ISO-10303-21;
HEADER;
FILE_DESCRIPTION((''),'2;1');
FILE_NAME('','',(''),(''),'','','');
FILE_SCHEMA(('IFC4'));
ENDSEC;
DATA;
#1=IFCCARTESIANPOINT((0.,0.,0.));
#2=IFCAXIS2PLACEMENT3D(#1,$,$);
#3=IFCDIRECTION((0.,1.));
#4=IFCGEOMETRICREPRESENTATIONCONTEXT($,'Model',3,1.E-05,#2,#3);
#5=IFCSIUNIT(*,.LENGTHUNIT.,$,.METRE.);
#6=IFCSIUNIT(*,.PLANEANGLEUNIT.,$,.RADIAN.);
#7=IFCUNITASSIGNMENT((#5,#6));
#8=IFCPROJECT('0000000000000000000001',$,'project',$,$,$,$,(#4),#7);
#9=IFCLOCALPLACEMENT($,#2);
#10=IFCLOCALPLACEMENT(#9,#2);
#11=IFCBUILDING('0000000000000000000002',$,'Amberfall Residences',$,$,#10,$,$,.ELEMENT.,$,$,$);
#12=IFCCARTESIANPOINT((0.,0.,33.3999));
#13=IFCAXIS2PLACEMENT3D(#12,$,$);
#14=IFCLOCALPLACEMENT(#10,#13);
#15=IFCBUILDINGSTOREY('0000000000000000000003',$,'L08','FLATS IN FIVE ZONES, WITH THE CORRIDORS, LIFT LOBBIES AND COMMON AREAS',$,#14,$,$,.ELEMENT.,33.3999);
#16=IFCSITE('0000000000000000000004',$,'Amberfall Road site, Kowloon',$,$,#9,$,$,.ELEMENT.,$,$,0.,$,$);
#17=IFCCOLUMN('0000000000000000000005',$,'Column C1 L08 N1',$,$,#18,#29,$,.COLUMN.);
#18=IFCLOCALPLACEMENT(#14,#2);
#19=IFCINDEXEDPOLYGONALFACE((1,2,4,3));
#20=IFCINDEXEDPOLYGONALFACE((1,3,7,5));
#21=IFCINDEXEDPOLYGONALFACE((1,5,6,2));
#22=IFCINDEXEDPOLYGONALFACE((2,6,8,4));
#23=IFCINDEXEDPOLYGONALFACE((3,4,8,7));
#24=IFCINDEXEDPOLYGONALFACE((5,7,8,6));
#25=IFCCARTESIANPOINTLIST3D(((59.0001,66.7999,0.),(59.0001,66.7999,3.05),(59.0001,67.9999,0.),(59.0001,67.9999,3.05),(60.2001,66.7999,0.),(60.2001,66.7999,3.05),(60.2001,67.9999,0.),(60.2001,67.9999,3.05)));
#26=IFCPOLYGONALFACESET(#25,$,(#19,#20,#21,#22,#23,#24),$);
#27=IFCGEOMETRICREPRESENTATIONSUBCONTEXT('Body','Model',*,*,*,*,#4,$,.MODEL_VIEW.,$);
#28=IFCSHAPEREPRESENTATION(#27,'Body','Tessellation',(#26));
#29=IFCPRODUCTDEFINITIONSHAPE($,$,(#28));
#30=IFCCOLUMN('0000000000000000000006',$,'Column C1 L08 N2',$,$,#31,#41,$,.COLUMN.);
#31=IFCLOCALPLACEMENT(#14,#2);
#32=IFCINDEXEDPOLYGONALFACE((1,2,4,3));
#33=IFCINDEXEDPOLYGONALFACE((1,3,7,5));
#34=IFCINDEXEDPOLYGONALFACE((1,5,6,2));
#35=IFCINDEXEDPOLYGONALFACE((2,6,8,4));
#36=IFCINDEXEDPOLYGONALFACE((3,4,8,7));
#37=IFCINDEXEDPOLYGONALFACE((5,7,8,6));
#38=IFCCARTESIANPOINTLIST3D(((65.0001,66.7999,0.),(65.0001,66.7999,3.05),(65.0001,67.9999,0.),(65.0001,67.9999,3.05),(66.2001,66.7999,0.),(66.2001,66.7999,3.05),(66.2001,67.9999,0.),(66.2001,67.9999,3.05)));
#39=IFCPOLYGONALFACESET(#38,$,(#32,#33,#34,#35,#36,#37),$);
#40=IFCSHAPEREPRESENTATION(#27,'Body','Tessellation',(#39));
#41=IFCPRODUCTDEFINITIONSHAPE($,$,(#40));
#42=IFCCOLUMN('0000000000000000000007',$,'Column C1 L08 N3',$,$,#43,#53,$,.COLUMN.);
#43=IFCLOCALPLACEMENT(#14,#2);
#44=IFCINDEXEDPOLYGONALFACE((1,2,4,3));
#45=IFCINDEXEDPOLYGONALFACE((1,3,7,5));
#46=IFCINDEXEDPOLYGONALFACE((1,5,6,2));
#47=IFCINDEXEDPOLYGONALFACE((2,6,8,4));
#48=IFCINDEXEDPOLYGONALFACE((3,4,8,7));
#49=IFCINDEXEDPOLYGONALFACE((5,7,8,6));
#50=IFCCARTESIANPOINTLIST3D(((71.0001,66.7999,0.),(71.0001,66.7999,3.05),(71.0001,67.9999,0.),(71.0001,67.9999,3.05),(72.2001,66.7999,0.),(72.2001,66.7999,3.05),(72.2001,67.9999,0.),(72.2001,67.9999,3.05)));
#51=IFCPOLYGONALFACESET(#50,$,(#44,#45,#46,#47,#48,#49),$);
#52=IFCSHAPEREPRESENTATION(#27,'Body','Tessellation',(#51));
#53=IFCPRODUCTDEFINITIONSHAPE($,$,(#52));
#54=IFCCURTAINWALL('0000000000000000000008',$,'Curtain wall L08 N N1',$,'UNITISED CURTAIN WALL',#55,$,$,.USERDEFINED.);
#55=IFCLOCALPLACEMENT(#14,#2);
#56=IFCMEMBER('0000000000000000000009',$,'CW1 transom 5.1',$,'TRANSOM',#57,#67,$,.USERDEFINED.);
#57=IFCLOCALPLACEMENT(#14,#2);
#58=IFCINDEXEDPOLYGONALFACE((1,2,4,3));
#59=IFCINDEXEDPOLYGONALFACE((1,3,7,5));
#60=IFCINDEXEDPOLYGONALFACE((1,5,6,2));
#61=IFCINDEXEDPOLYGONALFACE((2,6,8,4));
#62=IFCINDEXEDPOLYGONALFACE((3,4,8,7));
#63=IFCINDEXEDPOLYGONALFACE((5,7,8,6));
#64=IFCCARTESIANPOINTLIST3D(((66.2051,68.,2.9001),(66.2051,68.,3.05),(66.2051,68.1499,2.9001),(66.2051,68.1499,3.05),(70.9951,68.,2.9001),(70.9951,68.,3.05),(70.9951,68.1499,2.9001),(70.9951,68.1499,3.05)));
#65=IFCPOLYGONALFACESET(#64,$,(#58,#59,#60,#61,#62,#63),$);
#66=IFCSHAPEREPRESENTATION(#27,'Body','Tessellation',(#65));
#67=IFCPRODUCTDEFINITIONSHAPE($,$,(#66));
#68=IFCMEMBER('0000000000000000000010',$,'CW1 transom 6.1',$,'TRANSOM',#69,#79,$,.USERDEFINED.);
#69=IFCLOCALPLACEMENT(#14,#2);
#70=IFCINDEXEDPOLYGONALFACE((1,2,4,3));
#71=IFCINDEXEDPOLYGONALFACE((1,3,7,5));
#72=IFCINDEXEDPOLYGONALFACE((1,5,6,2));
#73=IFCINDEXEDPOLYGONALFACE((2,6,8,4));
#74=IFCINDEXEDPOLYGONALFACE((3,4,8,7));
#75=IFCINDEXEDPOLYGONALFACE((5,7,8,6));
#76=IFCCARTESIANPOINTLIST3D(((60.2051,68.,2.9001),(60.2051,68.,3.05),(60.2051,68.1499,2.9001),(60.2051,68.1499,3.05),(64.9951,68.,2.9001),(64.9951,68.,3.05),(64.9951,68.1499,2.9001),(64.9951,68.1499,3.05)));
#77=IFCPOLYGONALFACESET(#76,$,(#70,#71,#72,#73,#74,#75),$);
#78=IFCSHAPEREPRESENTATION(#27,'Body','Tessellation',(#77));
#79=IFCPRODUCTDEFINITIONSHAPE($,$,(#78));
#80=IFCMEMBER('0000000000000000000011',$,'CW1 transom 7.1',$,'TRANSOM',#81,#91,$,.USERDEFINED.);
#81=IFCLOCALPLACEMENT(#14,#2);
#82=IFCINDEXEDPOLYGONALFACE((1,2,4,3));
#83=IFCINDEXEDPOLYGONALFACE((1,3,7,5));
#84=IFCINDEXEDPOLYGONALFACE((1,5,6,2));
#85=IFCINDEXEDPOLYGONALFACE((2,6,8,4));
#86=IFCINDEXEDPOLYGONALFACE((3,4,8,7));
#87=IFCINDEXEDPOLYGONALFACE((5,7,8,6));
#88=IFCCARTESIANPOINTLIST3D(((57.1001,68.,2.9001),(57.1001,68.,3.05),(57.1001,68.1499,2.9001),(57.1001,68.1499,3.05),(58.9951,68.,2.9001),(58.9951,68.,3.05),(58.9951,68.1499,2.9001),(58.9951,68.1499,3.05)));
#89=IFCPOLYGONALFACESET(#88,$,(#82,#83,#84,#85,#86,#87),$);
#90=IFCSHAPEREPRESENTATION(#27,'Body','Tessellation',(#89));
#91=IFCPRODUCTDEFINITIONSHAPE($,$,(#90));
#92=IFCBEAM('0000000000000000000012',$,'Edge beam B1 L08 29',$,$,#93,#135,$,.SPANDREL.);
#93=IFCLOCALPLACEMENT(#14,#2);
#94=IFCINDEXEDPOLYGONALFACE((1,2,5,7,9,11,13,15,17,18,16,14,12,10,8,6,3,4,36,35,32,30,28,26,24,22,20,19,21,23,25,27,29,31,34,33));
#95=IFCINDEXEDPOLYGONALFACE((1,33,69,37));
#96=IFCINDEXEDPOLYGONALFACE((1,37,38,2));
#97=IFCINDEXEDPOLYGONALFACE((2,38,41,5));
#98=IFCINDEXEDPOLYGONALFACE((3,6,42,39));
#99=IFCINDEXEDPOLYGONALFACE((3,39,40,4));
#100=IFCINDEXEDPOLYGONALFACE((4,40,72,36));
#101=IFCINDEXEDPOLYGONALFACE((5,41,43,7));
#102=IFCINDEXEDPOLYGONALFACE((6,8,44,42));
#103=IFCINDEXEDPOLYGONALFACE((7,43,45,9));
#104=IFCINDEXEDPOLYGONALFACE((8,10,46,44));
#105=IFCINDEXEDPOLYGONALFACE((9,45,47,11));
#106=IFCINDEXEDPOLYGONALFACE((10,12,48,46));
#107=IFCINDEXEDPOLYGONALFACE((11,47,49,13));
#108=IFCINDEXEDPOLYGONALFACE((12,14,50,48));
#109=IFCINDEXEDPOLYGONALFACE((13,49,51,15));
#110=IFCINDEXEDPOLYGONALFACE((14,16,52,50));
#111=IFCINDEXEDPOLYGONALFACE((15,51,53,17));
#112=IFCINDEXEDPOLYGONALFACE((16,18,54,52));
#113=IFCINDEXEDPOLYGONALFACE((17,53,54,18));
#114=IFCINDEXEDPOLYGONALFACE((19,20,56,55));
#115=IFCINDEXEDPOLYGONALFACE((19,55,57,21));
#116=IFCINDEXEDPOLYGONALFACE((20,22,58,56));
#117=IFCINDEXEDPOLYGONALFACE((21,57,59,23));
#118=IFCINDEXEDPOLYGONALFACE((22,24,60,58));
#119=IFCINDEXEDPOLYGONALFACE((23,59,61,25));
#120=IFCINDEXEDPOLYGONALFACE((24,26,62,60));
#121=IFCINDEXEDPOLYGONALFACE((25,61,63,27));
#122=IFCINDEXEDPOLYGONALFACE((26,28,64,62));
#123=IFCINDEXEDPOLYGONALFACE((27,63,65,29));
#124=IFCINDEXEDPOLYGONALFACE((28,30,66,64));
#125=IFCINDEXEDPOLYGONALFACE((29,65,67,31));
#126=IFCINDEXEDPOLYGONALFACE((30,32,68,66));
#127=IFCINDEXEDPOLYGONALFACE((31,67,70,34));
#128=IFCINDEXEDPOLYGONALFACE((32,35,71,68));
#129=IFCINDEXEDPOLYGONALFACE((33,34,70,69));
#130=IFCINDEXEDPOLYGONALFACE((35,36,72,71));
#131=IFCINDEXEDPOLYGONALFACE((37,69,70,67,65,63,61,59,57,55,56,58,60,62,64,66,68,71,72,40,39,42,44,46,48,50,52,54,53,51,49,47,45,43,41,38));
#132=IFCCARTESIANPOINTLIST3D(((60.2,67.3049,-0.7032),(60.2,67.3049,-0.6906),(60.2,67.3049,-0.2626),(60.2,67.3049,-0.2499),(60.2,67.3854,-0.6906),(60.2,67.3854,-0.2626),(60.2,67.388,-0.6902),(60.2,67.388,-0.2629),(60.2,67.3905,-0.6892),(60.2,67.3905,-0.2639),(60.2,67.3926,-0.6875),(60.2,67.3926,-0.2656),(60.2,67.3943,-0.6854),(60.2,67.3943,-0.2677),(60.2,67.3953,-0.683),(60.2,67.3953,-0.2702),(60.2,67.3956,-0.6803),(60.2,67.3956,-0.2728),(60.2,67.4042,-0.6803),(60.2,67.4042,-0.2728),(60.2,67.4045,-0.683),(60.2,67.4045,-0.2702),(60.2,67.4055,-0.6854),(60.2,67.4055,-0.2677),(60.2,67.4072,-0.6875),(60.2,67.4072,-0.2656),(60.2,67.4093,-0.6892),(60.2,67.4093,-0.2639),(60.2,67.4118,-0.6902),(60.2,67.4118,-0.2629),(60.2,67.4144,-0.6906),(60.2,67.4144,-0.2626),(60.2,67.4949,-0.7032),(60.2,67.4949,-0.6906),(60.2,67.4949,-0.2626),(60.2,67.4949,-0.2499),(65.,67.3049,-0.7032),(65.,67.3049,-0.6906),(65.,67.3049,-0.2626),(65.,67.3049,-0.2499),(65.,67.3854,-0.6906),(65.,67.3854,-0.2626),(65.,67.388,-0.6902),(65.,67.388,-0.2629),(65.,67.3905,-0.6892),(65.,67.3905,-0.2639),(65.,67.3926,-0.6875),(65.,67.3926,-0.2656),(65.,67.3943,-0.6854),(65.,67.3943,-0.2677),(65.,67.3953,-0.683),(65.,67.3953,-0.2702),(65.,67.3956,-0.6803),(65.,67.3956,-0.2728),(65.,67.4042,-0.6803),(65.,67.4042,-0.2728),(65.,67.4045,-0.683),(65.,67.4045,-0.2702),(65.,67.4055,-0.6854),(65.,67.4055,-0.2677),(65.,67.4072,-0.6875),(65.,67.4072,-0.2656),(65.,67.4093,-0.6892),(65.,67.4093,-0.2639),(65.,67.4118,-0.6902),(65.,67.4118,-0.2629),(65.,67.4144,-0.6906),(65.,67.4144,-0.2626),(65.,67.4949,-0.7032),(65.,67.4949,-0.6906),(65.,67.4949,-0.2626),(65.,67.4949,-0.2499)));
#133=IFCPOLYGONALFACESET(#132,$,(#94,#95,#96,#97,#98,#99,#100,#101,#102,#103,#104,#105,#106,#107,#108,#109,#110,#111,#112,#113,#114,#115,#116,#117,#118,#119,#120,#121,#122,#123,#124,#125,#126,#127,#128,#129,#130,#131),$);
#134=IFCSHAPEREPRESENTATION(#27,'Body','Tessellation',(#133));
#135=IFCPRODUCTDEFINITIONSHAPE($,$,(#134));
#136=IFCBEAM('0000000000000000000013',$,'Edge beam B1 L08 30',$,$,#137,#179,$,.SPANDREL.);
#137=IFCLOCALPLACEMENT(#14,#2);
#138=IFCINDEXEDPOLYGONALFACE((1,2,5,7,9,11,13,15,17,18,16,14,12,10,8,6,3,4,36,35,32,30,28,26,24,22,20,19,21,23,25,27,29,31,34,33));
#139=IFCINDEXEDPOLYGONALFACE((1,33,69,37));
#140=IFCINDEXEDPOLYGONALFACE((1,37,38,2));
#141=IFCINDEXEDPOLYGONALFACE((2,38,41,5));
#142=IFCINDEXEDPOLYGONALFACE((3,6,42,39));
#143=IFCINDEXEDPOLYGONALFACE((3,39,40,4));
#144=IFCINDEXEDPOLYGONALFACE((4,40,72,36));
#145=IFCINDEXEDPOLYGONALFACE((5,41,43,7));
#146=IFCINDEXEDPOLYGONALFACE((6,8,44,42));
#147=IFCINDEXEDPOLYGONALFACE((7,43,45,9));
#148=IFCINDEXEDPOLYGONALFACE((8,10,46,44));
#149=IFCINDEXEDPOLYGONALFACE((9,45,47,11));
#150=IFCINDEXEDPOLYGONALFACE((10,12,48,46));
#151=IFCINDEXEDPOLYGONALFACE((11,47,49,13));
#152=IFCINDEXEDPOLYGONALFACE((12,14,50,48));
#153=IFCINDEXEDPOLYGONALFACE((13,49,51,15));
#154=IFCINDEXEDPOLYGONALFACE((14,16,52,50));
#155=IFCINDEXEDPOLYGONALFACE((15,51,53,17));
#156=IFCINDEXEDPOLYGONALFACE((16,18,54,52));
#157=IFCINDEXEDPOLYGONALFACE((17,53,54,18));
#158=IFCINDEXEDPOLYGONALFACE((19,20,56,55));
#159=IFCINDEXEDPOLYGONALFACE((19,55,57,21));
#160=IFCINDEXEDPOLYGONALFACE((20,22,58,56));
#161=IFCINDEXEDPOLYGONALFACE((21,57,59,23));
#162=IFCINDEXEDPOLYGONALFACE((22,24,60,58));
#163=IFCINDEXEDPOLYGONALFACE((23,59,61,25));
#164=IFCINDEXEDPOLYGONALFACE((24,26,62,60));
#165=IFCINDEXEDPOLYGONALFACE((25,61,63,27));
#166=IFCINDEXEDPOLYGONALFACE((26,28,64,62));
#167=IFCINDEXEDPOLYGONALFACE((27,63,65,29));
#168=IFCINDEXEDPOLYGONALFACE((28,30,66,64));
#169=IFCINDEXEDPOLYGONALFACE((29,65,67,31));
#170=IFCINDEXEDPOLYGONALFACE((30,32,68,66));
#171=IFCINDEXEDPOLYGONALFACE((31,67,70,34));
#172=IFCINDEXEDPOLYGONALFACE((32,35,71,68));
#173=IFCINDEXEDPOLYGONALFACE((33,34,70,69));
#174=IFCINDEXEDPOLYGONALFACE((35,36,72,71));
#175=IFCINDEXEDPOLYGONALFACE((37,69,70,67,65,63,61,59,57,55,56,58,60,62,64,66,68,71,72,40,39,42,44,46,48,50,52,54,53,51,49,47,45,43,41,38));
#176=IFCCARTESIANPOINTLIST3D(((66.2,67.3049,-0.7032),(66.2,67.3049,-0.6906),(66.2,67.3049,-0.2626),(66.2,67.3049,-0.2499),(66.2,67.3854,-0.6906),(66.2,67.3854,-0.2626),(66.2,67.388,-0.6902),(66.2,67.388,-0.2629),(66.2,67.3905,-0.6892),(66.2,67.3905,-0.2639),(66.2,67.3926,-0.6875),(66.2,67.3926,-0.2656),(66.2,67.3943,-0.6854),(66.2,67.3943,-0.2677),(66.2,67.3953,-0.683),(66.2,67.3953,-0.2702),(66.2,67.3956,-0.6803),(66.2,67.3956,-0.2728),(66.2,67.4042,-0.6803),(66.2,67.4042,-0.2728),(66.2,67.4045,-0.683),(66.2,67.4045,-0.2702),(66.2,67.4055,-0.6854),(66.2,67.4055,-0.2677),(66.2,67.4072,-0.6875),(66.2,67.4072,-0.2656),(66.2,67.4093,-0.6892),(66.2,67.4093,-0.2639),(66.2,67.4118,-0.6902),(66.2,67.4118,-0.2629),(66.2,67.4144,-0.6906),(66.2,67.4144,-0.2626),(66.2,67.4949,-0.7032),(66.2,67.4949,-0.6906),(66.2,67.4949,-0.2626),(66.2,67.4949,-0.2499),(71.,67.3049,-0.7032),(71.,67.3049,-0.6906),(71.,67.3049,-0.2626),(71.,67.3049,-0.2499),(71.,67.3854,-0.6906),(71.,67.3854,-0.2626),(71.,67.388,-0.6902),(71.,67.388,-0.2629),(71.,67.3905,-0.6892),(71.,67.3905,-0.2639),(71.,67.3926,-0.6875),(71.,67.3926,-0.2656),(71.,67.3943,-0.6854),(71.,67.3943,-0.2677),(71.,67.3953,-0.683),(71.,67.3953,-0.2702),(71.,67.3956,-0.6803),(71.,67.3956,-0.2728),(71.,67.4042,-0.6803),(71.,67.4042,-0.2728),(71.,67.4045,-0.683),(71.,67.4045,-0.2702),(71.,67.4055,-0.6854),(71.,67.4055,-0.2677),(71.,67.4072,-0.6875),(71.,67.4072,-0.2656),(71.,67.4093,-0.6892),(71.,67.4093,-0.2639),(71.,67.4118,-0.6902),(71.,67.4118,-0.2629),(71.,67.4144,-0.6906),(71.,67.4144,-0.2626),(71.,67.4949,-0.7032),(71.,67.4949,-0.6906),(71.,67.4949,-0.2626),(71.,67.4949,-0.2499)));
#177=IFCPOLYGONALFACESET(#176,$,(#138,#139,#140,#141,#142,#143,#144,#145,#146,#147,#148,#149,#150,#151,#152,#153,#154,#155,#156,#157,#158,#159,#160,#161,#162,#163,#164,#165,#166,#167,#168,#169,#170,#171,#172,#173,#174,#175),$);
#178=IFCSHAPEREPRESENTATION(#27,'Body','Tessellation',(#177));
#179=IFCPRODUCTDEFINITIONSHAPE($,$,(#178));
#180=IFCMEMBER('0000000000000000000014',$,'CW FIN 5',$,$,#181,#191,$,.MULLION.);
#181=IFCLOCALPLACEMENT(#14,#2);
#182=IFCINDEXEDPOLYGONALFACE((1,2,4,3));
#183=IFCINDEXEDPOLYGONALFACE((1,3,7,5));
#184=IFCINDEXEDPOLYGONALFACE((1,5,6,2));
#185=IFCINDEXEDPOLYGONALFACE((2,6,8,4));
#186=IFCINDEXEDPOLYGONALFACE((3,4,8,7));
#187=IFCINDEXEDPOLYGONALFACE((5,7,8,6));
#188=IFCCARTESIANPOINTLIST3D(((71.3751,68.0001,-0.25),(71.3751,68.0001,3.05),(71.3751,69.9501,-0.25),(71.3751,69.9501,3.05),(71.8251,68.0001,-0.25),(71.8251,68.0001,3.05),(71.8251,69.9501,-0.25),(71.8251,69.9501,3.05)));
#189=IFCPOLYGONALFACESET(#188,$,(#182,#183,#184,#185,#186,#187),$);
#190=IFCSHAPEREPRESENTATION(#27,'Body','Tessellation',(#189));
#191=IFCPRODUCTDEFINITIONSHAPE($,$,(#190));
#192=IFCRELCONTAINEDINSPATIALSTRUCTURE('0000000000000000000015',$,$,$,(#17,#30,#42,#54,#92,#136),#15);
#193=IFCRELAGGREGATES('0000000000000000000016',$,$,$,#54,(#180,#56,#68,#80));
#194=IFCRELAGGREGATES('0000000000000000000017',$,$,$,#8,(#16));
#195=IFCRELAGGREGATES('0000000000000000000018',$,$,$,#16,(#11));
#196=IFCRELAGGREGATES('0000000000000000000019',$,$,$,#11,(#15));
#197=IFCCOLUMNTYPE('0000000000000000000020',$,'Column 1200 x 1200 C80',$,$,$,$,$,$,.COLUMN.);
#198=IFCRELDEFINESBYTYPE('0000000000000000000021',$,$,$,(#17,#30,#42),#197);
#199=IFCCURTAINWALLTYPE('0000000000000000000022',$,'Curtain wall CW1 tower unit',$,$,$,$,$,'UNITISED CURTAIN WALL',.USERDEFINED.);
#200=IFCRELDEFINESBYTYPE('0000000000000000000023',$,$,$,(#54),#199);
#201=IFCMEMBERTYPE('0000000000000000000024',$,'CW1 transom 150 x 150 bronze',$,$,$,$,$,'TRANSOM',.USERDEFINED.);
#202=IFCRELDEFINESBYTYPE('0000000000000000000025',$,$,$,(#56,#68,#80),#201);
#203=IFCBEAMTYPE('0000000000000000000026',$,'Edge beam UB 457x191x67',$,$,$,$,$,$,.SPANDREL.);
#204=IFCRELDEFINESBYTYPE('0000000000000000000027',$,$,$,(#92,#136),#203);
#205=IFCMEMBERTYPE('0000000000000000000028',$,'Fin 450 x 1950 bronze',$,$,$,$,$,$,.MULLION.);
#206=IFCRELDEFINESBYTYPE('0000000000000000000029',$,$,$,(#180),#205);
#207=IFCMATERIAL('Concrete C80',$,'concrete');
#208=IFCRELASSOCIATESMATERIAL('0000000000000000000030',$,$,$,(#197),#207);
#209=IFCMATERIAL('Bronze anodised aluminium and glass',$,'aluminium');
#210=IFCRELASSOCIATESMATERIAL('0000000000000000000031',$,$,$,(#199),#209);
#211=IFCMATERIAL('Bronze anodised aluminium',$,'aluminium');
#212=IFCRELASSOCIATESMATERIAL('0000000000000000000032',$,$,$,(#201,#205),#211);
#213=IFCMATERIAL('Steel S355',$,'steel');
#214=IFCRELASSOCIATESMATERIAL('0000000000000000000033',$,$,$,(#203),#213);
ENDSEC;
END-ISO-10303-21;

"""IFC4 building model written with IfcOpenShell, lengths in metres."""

from ifc_helpers import new_model, si_unit, direction, frame, origin, origin_2d, place, context, subcontext, project, spatial, rectangle, i_section, extrude, material, material_profile, profile_set, type_object, element, aggregate, save


model = new_model("IFC4")

# Units and contexts
model_context = context("Model", 3, precision=1e-05, world=origin(), true_north=direction((0.0, 1.0)))
body_context = subcontext(model_context, "Body", "Model", "MODEL_VIEW")
ifc_project = project(units=[si_unit("LENGTHUNIT", "METRE"), si_unit("PLANEANGLEUNIT", "RADIAN")], contexts=[model_context])

# Site, building, storey
site_placement = place(None, origin())
site = spatial("IfcSite", under=ifc_project, at=site_placement, Name="Amberfall Road site, Kowloon", CompositionType="ELEMENT", RefElevation=0.0)
building_placement = place(site_placement, origin())
building = spatial("IfcBuilding", under=site, at=building_placement, Name="Amberfall Residences", CompositionType="ELEMENT")
storey_placement = place(building_placement, frame((0.0, 0.0, 33.3999)))
storey = spatial("IfcBuildingStorey", under=building, at=storey_placement, Name="L08", Description="FLATS IN FIVE ZONES, WITH THE CORRIDORS, LIFT LOBBIES AND COMMON AREAS", CompositionType="ELEMENT", Elevation=33.3999)

# Columns
ifc_material_1 = material(Name="Concrete C80", Category="concrete")
ifc_material_profile_1 = material_profile(ifc_material_1, rectangle(XDim=1.2, YDim=1.2, at=origin_2d()), Name="Column 1200 x 1200 C80")
ifc_profile_set_1 = profile_set([ifc_material_profile_1], Name="Concrete C80")
column_type = type_object("IfcColumnType", Name="Column 1200 x 1200 C80", PredefinedType="COLUMN", material=ifc_profile_set_1)
for number, where, z_axis, x_axis, name in (
    (1, (59.6001, 67.3999, 0.0), (0.0, 0.0, 1.0), (1.0, 0.0, 0.0), "Column C1 L08 N1"),
    (2, (65.6001, 67.3999, 0.0), (0.0, 0.0, 1.0), (1.0, 0.0, 0.0), "Column C1 L08 N2"),
    (3, (71.6001, 67.3999, 0.0), (0.0, 0.0, 1.0), (1.0, 0.0, 0.0), "Column C1 L08 N3"),
):
    element("IfcColumn", number, at=place(storey_placement, frame(where, z_axis=z_axis, x_axis=x_axis)), inside=storey, type_object=column_type, Name=name, PredefinedType="COLUMN", context=body_context, shape_type="SweptSolid", body=[
        extrude(rectangle(XDim=1.2, YDim=1.2, at=origin_2d()), origin(), (0.0, 0.0, 1.0), 3.05),
    ])

# Curtain wall, members
ifc_material_2 = material(Name="Bronze anodised aluminium and glass", Category="aluminium")
curtain_wall_type = type_object("IfcCurtainWallType", Name="Curtain wall CW1 tower unit", ElementType="UNITISED CURTAIN WALL", PredefinedType="USERDEFINED", material=ifc_material_2)
curtain_wall_placement = place(storey_placement, origin())
curtain_wall = element("IfcCurtainWall", 4, at=curtain_wall_placement, inside=storey, type_object=curtain_wall_type, Name="Curtain wall L08 N N1", ObjectType="UNITISED CURTAIN WALL", PredefinedType="USERDEFINED")
ifc_material_3 = material(Name="Bronze anodised aluminium", Category="aluminium")
ifc_material_profile_2 = material_profile(ifc_material_3, rectangle(XDim=0.1499, YDim=0.1499, at=origin_2d()), Name="CW1 transom 150 x 150 bronze")
ifc_profile_set_2 = profile_set([ifc_material_profile_2], Name="Bronze anodised aluminium")
member_type_1 = type_object("IfcMemberType", Name="CW1 transom 150 x 150 bronze", ElementType="TRANSOM", PredefinedType="USERDEFINED", material=ifc_profile_set_2)
member_1_placement = place(storey_placement, frame((70.9951, 68.075, 2.9751), z_axis=(-1.0, 0.0, 0.0), x_axis=(0.0, -1.0, 0.0)))
member_1 = element("IfcMember", 5, at=member_1_placement, type_object=member_type_1, Name="CW1 transom 5.1", ObjectType="TRANSOM", PredefinedType="USERDEFINED", context=body_context, shape_type="SweptSolid", body=[
    extrude(rectangle(XDim=0.1499, YDim=0.1499, at=origin_2d()), origin(), (0.0, 0.0, 1.0), 4.79),
])
member_2_placement = place(storey_placement, frame((64.9951, 68.075, 2.9751), z_axis=(-1.0, 0.0, 0.0), x_axis=(0.0, -1.0, 0.0)))
member_2 = element("IfcMember", 6, at=member_2_placement, type_object=member_type_1, Name="CW1 transom 6.1", ObjectType="TRANSOM", PredefinedType="USERDEFINED", context=body_context, shape_type="SweptSolid", body=[
    extrude(rectangle(XDim=0.1499, YDim=0.1499, at=origin_2d()), origin(), (0.0, 0.0, 1.0), 4.79),
])
member_3_placement = place(storey_placement, frame((58.9951, 68.075, 2.9751), z_axis=(-1.0, 0.0, 0.0), x_axis=(0.0, -1.0, 0.0)))
member_3 = element("IfcMember", 7, at=member_3_placement, type_object=member_type_1, Name="CW1 transom 7.1", ObjectType="TRANSOM", PredefinedType="USERDEFINED", context=body_context, shape_type="SweptSolid", body=[
    extrude(rectangle(XDim=0.1499, YDim=0.1499, at=origin_2d()), origin(), (0.0, 0.0, 1.0), 1.895),
])

# Beams
ifc_material_4 = material(Name="Steel S355", Category="steel")
ifc_material_profile_3 = material_profile(ifc_material_4, i_section(OverallWidth=0.1899, OverallDepth=0.4534, WebThickness=0.0085, FlangeThickness=0.0127, FilletRadius=0.0103, at=origin_2d()), Name="UB 457x191x67")
ifc_profile_set_3 = profile_set([ifc_material_profile_3], Name="Steel S355")
beam_type_1 = type_object("IfcBeamType", Name="Edge beam UB 457x191x67", PredefinedType="SPANDREL", material=ifc_profile_set_3)
for number, where, z_axis, x_axis, name in (
    (8, (60.2, 67.3999, -0.4766), (1.0, 0.0, 0.0), (0.0, 1.0, 0.0), "Edge beam B1 L08 29"),
    (9, (66.2, 67.3999, -0.4766), (1.0, 0.0, 0.0), (0.0, 1.0, 0.0), "Edge beam B1 L08 30"),
):
    element("IfcBeam", number, at=place(storey_placement, frame(where, z_axis=z_axis, x_axis=x_axis)), inside=storey, type_object=beam_type_1, Name=name, PredefinedType="SPANDREL", context=body_context, shape_type="SweptSolid", body=[
        extrude(i_section(OverallWidth=0.1899, OverallDepth=0.4534, WebThickness=0.0085, FlangeThickness=0.0127, FilletRadius=0.0103, at=origin_2d()), origin(), (0.0, 0.0, 1.0), 4.8),
    ])

# Member
ifc_material_profile_4 = material_profile(ifc_material_3, rectangle(XDim=1.95, YDim=0.45, at=origin_2d()), Name="Fin 450 x 1950 bronze")
ifc_profile_set_4 = profile_set([ifc_material_profile_4], Name="Bronze anodised aluminium")
member_type_2 = type_object("IfcMemberType", Name="Fin 450 x 1950 bronze", PredefinedType="MULLION", material=ifc_profile_set_4)
member_4_placement = place(storey_placement, frame((71.6001, 68.9751, -0.25), z_axis=(0.0, 0.0, 1.0), x_axis=(0.0, -1.0, 0.0)))
member_4 = element("IfcMember", 10, at=member_4_placement, type_object=member_type_2, Name="CW FIN 5", PredefinedType="MULLION", context=body_context, shape_type="SweptSolid", body=[
    extrude(rectangle(XDim=1.95, YDim=0.45, at=origin_2d()), origin(), (0.0, 0.0, 1.0), 3.3),
])

aggregate(curtain_wall, [member_4, member_1, member_2, member_3])

save(model, "model.ifc")
